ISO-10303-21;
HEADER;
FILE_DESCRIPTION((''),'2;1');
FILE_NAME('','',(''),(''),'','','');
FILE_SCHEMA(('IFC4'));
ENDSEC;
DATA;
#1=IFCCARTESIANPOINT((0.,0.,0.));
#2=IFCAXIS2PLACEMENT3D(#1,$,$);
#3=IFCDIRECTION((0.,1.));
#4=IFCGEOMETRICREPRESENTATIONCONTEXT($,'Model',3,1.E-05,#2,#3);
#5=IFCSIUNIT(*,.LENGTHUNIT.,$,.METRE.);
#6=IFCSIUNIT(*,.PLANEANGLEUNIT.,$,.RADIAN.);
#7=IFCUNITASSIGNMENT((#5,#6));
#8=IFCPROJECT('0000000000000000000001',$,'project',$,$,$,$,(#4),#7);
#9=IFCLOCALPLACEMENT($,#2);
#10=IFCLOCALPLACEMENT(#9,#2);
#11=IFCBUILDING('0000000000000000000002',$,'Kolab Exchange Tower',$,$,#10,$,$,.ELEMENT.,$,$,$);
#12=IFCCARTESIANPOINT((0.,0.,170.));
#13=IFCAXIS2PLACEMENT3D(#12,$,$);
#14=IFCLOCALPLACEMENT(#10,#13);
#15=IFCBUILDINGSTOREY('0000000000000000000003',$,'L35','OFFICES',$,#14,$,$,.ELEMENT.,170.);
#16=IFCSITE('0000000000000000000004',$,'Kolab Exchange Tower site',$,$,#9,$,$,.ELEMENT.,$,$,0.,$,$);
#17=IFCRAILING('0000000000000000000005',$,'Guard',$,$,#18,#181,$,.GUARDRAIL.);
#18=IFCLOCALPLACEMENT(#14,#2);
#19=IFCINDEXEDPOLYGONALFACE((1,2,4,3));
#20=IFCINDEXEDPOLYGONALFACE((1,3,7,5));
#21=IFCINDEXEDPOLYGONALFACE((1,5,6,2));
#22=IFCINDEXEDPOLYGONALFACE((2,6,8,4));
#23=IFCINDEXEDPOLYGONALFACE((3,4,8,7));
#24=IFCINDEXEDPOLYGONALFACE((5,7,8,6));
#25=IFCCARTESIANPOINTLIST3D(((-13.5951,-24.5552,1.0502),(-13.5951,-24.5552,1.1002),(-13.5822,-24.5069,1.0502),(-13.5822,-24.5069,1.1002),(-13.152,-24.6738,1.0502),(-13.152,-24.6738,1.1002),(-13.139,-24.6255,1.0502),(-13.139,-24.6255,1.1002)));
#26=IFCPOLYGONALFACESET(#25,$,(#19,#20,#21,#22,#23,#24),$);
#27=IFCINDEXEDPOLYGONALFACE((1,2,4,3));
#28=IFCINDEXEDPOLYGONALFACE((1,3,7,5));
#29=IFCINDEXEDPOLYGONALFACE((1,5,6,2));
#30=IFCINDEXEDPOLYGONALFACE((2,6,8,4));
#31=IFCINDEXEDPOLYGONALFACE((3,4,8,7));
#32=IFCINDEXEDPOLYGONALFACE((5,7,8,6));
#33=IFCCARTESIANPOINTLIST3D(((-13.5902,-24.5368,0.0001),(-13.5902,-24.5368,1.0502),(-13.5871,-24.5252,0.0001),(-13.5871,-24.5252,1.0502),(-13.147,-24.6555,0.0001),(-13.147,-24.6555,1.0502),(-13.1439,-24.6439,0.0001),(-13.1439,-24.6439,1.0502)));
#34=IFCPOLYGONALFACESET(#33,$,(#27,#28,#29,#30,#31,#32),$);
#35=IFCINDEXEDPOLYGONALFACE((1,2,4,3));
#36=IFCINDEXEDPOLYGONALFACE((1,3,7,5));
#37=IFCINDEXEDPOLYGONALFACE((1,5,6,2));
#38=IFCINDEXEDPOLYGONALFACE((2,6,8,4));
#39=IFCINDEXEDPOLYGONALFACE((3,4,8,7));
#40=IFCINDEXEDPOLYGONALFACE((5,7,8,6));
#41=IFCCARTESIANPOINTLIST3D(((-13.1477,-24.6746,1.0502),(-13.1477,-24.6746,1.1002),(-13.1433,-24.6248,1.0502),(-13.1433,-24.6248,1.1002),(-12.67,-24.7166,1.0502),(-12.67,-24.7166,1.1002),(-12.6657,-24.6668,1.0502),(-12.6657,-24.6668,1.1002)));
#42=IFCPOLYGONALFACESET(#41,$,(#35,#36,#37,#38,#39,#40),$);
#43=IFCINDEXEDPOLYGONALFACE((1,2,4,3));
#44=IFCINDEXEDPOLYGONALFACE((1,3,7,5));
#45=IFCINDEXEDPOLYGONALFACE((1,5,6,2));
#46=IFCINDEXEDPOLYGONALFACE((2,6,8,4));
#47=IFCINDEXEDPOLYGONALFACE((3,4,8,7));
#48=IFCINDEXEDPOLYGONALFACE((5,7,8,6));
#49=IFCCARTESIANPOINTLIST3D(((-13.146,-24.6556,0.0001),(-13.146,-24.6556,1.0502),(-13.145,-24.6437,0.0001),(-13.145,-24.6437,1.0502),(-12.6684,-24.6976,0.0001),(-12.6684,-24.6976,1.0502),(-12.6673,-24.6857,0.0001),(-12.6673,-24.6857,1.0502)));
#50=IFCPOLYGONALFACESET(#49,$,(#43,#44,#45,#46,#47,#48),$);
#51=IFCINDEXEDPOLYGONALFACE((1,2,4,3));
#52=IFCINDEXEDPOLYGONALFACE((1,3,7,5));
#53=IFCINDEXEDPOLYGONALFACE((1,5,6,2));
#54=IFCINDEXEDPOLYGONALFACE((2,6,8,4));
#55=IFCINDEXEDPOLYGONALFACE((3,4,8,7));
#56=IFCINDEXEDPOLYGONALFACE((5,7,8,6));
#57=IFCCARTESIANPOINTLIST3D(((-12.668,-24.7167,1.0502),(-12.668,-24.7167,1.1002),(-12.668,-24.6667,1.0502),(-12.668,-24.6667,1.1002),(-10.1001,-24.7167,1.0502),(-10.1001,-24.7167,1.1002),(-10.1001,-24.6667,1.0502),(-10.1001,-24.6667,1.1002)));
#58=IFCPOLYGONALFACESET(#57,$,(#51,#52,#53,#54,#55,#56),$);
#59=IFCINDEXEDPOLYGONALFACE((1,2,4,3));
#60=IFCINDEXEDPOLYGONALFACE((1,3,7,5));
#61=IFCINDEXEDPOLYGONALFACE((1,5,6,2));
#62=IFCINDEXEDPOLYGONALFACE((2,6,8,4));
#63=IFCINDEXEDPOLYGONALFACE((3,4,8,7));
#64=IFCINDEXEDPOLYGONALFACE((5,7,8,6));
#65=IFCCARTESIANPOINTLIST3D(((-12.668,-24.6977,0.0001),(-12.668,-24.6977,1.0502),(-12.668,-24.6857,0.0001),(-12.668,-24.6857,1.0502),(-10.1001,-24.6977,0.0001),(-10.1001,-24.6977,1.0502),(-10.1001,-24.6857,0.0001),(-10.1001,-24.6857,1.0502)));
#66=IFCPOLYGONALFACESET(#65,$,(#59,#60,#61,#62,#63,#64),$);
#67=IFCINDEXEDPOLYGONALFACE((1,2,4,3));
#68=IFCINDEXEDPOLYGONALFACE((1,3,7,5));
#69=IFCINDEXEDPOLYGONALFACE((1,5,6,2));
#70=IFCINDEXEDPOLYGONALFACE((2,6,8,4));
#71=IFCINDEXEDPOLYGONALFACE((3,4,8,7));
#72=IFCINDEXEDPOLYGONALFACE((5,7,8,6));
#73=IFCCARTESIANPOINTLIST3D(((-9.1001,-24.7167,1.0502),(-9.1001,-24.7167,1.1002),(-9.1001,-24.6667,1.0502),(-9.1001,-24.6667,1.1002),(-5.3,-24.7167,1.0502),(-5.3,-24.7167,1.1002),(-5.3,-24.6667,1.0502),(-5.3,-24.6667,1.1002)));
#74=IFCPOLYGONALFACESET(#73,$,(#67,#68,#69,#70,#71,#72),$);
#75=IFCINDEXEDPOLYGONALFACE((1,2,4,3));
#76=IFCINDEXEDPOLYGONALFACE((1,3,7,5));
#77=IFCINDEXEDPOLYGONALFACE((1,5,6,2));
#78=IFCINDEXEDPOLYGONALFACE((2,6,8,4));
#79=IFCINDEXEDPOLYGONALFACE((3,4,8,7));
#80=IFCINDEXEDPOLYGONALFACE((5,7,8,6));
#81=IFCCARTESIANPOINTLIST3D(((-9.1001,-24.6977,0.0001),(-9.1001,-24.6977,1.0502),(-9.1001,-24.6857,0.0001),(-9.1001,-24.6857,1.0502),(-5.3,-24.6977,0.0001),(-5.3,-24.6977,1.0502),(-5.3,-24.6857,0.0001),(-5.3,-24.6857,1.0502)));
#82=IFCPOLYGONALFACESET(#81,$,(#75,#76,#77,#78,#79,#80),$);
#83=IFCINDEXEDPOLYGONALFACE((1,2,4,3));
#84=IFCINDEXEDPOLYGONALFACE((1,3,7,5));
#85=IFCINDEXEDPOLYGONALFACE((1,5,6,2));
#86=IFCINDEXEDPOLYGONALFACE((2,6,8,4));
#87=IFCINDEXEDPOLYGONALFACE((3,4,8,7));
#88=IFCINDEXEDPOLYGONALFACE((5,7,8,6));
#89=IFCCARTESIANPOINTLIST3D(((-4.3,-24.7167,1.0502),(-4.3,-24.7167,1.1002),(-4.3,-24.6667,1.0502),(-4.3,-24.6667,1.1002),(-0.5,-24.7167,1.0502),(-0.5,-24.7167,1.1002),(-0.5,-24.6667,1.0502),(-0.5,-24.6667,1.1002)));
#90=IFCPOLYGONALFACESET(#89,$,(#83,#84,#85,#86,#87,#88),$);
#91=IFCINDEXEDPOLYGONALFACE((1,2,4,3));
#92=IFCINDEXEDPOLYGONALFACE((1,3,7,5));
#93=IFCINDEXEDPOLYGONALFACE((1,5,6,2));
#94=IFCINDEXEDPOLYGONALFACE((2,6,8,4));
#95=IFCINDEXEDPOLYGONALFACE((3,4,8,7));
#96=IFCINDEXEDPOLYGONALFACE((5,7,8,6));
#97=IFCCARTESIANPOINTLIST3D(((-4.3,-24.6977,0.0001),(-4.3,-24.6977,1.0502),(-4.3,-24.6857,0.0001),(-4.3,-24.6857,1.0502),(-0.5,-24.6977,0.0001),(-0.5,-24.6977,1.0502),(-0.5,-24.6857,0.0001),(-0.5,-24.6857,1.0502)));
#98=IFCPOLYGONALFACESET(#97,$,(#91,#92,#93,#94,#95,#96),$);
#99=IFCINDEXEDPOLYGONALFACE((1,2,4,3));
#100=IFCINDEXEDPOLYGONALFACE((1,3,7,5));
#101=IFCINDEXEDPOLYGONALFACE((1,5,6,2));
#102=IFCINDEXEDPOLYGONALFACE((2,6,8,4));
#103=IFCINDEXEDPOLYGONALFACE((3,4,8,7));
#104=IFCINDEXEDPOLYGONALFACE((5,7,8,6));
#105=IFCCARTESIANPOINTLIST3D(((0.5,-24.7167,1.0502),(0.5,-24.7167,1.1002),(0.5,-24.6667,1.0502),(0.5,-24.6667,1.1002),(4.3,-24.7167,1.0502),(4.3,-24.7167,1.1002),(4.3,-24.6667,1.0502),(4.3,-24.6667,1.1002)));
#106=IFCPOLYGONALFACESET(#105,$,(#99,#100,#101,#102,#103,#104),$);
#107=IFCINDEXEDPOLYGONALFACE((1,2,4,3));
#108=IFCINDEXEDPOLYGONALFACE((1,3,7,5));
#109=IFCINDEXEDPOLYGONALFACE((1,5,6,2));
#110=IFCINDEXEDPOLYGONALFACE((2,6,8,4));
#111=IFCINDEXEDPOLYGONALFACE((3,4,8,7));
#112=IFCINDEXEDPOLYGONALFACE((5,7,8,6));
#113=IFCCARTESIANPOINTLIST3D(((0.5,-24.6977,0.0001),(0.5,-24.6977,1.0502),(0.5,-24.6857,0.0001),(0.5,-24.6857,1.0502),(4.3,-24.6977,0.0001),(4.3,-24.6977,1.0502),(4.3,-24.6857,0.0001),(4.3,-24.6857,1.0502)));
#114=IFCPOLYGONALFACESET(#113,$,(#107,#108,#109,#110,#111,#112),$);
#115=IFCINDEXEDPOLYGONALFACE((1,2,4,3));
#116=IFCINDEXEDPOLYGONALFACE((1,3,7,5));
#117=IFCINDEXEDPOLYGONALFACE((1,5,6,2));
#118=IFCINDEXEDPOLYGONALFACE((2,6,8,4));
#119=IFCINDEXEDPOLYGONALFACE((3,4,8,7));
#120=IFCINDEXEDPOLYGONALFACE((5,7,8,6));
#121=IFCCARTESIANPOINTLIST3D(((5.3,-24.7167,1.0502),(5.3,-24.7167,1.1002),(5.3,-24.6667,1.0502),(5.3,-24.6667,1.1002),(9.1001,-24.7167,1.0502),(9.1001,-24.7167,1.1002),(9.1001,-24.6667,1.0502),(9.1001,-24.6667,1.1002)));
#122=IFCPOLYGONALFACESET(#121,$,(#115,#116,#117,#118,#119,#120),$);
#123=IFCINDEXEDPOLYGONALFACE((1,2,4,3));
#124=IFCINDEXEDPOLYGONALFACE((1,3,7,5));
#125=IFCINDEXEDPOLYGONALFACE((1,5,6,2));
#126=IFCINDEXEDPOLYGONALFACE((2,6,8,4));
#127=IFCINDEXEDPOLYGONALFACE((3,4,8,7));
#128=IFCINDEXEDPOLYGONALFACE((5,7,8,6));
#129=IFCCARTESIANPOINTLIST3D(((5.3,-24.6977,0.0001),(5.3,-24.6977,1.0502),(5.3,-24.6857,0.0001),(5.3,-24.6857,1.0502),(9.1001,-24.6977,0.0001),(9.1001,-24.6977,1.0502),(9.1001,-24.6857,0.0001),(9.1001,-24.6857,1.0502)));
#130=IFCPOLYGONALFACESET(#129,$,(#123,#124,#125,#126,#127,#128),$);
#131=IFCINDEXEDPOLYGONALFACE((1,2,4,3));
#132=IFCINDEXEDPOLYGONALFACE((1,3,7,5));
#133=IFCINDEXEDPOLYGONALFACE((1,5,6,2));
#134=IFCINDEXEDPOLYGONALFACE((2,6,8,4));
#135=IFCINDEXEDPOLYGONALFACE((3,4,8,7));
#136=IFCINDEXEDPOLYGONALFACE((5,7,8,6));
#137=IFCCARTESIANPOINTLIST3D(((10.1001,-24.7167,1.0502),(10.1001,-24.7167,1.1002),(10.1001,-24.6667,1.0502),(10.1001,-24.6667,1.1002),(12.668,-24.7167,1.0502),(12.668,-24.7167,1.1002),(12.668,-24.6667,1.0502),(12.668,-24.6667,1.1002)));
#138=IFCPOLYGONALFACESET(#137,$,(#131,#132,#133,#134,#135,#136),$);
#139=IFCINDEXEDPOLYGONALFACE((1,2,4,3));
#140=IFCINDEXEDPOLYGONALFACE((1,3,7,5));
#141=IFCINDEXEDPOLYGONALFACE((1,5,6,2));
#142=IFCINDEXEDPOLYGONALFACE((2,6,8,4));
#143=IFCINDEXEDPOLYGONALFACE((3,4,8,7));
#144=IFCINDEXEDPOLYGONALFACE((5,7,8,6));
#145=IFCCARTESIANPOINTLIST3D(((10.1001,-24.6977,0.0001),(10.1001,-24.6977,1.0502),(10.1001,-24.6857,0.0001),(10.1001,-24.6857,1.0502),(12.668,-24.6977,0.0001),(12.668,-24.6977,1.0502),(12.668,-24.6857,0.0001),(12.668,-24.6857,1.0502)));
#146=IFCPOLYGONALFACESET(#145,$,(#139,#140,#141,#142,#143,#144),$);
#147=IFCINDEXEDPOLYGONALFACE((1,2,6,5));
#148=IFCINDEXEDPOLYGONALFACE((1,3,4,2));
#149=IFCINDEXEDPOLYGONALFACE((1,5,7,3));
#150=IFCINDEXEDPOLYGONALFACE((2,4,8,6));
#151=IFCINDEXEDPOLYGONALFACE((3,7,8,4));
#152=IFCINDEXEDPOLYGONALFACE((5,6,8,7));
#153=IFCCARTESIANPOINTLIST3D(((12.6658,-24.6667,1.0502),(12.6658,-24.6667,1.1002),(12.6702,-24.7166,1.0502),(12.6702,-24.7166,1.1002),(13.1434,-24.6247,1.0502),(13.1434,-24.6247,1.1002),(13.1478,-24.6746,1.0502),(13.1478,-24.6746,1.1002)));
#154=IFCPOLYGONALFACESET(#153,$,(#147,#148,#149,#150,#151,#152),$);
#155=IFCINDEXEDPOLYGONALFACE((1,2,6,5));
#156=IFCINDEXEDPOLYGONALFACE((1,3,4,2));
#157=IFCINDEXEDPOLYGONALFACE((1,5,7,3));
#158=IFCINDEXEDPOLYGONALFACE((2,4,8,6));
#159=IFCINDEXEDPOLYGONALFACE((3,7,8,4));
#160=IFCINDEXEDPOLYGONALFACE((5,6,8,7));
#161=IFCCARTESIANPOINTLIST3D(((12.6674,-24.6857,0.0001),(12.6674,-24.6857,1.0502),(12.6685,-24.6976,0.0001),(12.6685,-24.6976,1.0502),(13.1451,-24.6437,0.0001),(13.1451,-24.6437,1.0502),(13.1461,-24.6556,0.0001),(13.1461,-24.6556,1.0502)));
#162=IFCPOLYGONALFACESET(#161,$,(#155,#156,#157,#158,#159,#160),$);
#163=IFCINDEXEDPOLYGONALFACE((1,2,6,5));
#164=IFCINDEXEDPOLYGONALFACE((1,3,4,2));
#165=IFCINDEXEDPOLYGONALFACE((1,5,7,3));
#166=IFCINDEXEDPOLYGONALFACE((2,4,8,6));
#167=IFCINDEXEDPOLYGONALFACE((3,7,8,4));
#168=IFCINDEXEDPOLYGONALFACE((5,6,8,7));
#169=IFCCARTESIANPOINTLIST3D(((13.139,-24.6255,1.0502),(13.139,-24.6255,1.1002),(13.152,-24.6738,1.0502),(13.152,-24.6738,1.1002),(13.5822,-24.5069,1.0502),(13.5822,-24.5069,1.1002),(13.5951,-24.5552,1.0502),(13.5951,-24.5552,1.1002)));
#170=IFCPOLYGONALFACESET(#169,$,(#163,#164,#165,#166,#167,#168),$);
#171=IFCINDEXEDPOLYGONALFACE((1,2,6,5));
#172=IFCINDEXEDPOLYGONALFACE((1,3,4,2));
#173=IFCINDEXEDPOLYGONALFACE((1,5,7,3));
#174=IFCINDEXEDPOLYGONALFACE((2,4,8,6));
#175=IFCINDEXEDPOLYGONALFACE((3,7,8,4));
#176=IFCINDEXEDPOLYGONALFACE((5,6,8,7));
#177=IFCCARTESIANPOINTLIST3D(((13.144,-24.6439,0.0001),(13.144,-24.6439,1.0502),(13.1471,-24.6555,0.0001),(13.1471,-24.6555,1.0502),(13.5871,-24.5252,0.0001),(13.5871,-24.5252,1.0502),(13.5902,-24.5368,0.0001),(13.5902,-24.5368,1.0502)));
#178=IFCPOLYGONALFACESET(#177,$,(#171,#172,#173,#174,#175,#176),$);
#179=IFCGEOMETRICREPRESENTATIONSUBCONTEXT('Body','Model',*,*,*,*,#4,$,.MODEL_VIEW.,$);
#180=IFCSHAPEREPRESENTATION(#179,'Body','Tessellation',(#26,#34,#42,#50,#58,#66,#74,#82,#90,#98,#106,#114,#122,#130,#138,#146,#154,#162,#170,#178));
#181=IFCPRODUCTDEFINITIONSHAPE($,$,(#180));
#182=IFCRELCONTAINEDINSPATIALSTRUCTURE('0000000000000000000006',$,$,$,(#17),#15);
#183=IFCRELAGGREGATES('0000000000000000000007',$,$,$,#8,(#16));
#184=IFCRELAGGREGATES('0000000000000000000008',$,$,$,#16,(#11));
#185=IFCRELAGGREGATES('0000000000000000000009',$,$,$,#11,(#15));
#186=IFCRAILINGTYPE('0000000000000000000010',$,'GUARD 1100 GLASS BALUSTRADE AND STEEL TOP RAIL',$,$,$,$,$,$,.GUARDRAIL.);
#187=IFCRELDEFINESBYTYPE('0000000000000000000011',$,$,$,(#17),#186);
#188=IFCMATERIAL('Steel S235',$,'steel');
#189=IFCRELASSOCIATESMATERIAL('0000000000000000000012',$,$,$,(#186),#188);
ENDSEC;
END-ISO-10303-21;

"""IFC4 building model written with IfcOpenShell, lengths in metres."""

from ifc_helpers import new_model, si_unit, direction, frame, frame_2d, origin, origin_2d, place, context, subcontext, project, spatial, rectangle, extrude, material, type_object, element, save


model = new_model("IFC4")

# Units and contexts
model_context = context("Model", 3, precision=1e-05, world=origin(), true_north=direction((0.0, 1.0)))
body_context = subcontext(model_context, "Body", "Model", "MODEL_VIEW")
ifc_project = project(units=[si_unit("LENGTHUNIT", "METRE"), si_unit("PLANEANGLEUNIT", "RADIAN")], contexts=[model_context])

# Site, building, storey
site_placement = place(None, origin())
site = spatial("IfcSite", under=ifc_project, at=site_placement, Name="Kolab Exchange Tower site", CompositionType="ELEMENT", RefElevation=0.0)
building_placement = place(site_placement, origin())
building = spatial("IfcBuilding", under=site, at=building_placement, Name="Kolab Exchange Tower", CompositionType="ELEMENT")
storey_placement = place(building_placement, frame((0.0, 0.0, 170.0)))
storey = spatial("IfcBuildingStorey", under=building, at=storey_placement, Name="L35", Description="OFFICES", CompositionType="ELEMENT", Elevation=170.0)

# Railing
ifc_material_1 = material(Name="Steel S235", Category="steel")
railing_type = type_object("IfcRailingType", Name="GUARD 1100 GLASS BALUSTRADE AND STEEL TOP RAIL", PredefinedType="GUARDRAIL", material=ifc_material_1)
railing_placement = place(storey_placement, frame((-13.5886, -24.531, 0.0)))
element("IfcRailing", 1, at=railing_placement, inside=storey, type_object=railing_type, Name="Guard", PredefinedType="GUARDRAIL", context=body_context, shape_type="SweptSolid", body=[
    extrude(rectangle(XDim=0.05, YDim=0.05, at=origin_2d()), frame((0.0, 0.0, 1.0752), z_axis=(0.965969, -0.258656, 0.0), x_axis=(0.258656, 0.965969, 0.0)), (0.0, 0.0, 1.0), 0.4587),
    extrude(rectangle(XDim=0.012, YDim=1.0501, at=frame_2d((0.0, 0.5251))), frame((0.0, 0.0, 0.0), z_axis=(0.965969, -0.258656, 0.0), x_axis=(0.258656, 0.965969, 0.0)), (0.0, 0.0, 1.0), 0.4587),
    extrude(rectangle(XDim=0.05, YDim=0.05, at=origin_2d()), frame((0.4431, -0.1187, 1.0752), z_axis=(0.996156, -0.087597, 0.0), x_axis=(0.087597, 0.996156, 0.0)), (0.0, 0.0, 1.0), 0.4795),
    extrude(rectangle(XDim=0.012, YDim=1.0501, at=frame_2d((0.0, 0.5251))), frame((0.4431, -0.1187, 0.0), z_axis=(0.996156, -0.087597, 0.0), x_axis=(0.087597, 0.996156, 0.0)), (0.0, 0.0, 1.0), 0.4795),
    extrude(rectangle(XDim=0.05, YDim=0.05, at=origin_2d()), frame((0.9207, -0.1606, 1.0752), z_axis=(1.0, 0.0, 0.0), x_axis=(0.0, 1.0, 0.0)), (0.0, 0.0, 1.0), 2.5679),
    extrude(rectangle(XDim=0.012, YDim=1.0501, at=frame_2d((0.0, 0.5251))), frame((0.9207, -0.1606, 0.0), z_axis=(1.0, 0.0, 0.0), x_axis=(0.0, 1.0, 0.0)), (0.0, 0.0, 1.0), 2.5679),
    extrude(rectangle(XDim=0.05, YDim=0.05, at=origin_2d()), frame((4.4885, -0.1606, 1.0752), z_axis=(1.0, 0.0, 0.0), x_axis=(0.0, 1.0, 0.0)), (0.0, 0.0, 1.0), 3.8),
    extrude(rectangle(XDim=0.012, YDim=1.0501, at=frame_2d((0.0, 0.5251))), frame((4.4885, -0.1606, 0.0), z_axis=(1.0, 0.0, 0.0), x_axis=(0.0, 1.0, 0.0)), (0.0, 0.0, 1.0), 3.8),
    extrude(rectangle(XDim=0.05, YDim=0.05, at=origin_2d()), frame((9.2886, -0.1606, 1.0752), z_axis=(1.0, 0.0, 0.0), x_axis=(0.0, 1.0, 0.0)), (0.0, 0.0, 1.0), 3.8),
    extrude(rectangle(XDim=0.012, YDim=1.0501, at=frame_2d((0.0, 0.5251))), frame((9.2886, -0.1606, 0.0), z_axis=(1.0, 0.0, 0.0), x_axis=(0.0, 1.0, 0.0)), (0.0, 0.0, 1.0), 3.8),
    extrude(rectangle(XDim=0.05, YDim=0.05, at=origin_2d()), frame((14.0886, -0.1606, 1.0752), z_axis=(1.0, 0.0, 0.0), x_axis=(0.0, 1.0, 0.0)), (0.0, 0.0, 1.0), 3.8),
    extrude(rectangle(XDim=0.012, YDim=1.0501, at=frame_2d((0.0, 0.5251))), frame((14.0886, -0.1606, 0.0), z_axis=(1.0, 0.0, 0.0), x_axis=(0.0, 1.0, 0.0)), (0.0, 0.0, 1.0), 3.8),
    extrude(rectangle(XDim=0.05, YDim=0.05, at=origin_2d()), frame((18.8887, -0.1606, 1.0752), z_axis=(1.0, 0.0, 0.0), x_axis=(0.0, 1.0, 0.0)), (0.0, 0.0, 1.0), 3.8),
    extrude(rectangle(XDim=0.012, YDim=1.0501, at=frame_2d((0.0, 0.5251))), frame((18.8887, -0.1606, 0.0), z_axis=(1.0, 0.0, 0.0), x_axis=(0.0, 1.0, 0.0)), (0.0, 0.0, 1.0), 3.8),
    extrude(rectangle(XDim=0.05, YDim=0.05, at=origin_2d()), frame((23.6887, -0.1606, 1.0752), z_axis=(1.0, 0.0, 0.0), x_axis=(0.0, 1.0, 0.0)), (0.0, 0.0, 1.0), 2.5679),
    extrude(rectangle(XDim=0.012, YDim=1.0501, at=frame_2d((0.0, 0.5251))), frame((23.6887, -0.1606, 0.0), z_axis=(1.0, 0.0, 0.0), x_axis=(0.0, 1.0, 0.0)), (0.0, 0.0, 1.0), 2.5679),
    extrude(rectangle(XDim=0.05, YDim=0.05, at=origin_2d()), frame((26.2566, -0.1606, 1.0752), z_axis=(0.996156, 0.087597, 0.0), x_axis=(-0.087597, 0.996156, 0.0)), (0.0, 0.0, 1.0), 0.4795),
    extrude(rectangle(XDim=0.012, YDim=1.0501, at=frame_2d((0.0, 0.5251))), frame((26.2566, -0.1606, 0.0), z_axis=(0.996156, 0.087597, 0.0), x_axis=(-0.087597, 0.996156, 0.0)), (0.0, 0.0, 1.0), 0.4795),
    extrude(rectangle(XDim=0.05, YDim=0.05, at=origin_2d()), frame((26.7341, -0.1187, 1.0752), z_axis=(0.965969, 0.258656, 0.0), x_axis=(-0.258656, 0.965969, 0.0)), (0.0, 0.0, 1.0), 0.4587),
    extrude(rectangle(XDim=0.012, YDim=1.0501, at=frame_2d((0.0, 0.5251))), frame((26.7341, -0.1187, 0.0), z_axis=(0.965969, 0.258656, 0.0), x_axis=(-0.258656, 0.965969, 0.0)), (0.0, 0.0, 1.0), 0.4587),
])

save(model, "model.ifc")
